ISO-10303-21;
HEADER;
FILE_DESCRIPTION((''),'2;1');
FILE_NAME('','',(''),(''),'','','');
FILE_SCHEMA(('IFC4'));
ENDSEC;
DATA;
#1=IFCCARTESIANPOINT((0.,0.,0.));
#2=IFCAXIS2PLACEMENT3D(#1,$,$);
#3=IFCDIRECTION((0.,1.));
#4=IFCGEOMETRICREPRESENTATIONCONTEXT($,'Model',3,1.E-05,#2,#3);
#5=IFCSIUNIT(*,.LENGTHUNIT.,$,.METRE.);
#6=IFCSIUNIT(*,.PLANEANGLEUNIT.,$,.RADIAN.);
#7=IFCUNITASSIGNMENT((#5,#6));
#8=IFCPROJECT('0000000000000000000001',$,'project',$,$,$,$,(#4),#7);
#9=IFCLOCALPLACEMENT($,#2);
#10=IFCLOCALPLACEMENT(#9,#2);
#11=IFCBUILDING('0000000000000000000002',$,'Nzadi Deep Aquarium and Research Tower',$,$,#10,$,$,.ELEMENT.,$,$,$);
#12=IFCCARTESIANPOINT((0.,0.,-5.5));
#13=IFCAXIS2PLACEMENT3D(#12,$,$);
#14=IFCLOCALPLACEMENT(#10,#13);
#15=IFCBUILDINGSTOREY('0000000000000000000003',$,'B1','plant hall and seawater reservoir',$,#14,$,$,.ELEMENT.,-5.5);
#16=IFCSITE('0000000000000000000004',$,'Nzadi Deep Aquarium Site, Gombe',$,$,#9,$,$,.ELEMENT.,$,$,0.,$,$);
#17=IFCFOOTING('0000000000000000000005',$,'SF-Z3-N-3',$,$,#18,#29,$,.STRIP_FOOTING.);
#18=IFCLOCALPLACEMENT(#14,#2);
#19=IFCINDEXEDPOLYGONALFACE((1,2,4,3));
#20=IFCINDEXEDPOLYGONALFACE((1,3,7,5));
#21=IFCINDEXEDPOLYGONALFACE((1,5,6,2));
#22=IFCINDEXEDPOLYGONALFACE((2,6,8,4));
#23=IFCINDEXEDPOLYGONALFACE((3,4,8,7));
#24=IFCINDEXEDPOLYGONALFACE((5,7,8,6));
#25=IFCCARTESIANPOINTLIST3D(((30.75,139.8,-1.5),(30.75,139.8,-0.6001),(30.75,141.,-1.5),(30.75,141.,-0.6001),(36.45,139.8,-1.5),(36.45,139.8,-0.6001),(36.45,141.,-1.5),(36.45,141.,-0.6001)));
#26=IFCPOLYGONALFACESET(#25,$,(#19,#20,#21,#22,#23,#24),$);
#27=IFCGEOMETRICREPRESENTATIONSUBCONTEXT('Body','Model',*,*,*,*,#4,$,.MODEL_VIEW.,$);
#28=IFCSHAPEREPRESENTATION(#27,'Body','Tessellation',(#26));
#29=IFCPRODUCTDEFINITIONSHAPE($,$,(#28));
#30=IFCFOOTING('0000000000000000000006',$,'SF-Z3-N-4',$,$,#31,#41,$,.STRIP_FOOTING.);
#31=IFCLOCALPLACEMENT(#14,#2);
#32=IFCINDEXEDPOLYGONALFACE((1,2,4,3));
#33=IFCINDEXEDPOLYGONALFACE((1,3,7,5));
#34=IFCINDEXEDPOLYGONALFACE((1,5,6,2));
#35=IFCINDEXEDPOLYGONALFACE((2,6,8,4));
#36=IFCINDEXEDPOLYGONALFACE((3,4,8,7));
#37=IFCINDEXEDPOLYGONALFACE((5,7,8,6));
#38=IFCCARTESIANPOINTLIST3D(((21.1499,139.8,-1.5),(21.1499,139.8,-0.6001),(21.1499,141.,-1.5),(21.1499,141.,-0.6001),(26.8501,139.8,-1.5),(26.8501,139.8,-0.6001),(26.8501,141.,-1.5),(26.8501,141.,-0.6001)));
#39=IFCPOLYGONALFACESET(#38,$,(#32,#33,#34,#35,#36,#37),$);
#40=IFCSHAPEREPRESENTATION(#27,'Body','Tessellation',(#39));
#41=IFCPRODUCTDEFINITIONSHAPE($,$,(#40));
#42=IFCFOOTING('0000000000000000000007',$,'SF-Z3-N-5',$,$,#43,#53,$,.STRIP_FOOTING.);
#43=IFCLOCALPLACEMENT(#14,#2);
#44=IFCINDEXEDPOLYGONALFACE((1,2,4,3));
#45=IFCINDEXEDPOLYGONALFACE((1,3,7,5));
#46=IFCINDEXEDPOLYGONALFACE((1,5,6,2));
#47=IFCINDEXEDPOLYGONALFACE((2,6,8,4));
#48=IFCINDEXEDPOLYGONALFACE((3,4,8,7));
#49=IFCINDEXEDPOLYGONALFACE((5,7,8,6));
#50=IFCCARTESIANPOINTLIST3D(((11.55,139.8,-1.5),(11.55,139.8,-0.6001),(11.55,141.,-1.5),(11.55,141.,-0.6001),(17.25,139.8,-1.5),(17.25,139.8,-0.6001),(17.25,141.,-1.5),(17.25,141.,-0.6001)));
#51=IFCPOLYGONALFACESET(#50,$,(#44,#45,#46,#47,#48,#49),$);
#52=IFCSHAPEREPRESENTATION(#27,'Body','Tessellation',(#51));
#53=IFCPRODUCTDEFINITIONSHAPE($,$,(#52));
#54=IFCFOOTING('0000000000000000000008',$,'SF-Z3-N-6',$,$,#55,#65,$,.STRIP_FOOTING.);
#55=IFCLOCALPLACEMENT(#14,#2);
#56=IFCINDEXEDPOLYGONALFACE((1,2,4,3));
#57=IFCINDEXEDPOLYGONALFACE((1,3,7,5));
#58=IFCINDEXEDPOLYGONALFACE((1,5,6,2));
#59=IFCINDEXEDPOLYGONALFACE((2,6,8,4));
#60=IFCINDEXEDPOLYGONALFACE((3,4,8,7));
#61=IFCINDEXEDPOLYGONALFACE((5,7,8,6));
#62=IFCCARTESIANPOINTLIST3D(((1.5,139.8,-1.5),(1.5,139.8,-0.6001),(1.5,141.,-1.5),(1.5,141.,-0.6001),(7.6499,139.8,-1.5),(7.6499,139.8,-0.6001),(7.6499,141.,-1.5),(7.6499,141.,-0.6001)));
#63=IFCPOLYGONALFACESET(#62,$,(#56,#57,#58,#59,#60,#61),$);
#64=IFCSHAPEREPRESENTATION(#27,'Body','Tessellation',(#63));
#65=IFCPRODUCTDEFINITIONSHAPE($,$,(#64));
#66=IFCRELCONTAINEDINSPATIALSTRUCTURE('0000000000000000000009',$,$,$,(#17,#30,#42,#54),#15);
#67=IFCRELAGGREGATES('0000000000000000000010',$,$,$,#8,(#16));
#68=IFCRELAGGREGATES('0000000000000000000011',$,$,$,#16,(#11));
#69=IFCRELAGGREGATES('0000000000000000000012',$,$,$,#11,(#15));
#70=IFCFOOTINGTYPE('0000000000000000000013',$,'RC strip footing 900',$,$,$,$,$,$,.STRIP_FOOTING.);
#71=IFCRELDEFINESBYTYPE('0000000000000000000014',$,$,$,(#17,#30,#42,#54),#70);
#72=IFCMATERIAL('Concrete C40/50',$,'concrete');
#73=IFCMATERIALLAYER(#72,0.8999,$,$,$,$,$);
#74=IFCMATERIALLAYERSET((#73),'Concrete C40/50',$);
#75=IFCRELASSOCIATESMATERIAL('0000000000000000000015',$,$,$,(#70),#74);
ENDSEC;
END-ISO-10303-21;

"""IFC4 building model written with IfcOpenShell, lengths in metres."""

from ifc_helpers import new_model, si_unit, direction, frame, origin, place, context, subcontext, project, spatial, polyline, outline, extrude, material, layer, layer_set, type_object, element, save


model = new_model("IFC4")

# Units and contexts
model_context = context("Model", 3, precision=1e-05, world=origin(), true_north=direction((0.0, 1.0)))
body_context = subcontext(model_context, "Body", "Model", "MODEL_VIEW")
ifc_project = project(units=[si_unit("LENGTHUNIT", "METRE"), si_unit("PLANEANGLEUNIT", "RADIAN")], contexts=[model_context])

# Site, building, storey
site_placement = place(None, origin())
site = spatial("IfcSite", under=ifc_project, at=site_placement, Name="Nzadi Deep Aquarium Site, Gombe", CompositionType="ELEMENT", RefElevation=0.0)
building_placement = place(site_placement, origin())
building = spatial("IfcBuilding", under=site, at=building_placement, Name="Nzadi Deep Aquarium and Research Tower", CompositionType="ELEMENT")
storey_placement = place(building_placement, frame((0.0, 0.0, -5.5)))
storey = spatial("IfcBuildingStorey", under=building, at=storey_placement, Name="B1", Description="plant hall and seawater reservoir", CompositionType="ELEMENT", Elevation=-5.5)

# Footings
ifc_material_1 = material(Name="Concrete C40/50", Category="concrete")
ifc_layer_1 = layer(ifc_material_1, 0.8999)
ifc_layer_set_1 = layer_set([ifc_layer_1], Name="Concrete C40/50")
footing_type_1 = type_object("IfcFootingType", Name="RC strip footing 900", PredefinedType="STRIP_FOOTING", material=ifc_layer_set_1)
footing_1_placement = place(storey_placement, frame((0.0, 0.0, -1.5)))
element("IfcFooting", 1, at=footing_1_placement, inside=storey, type_object=footing_type_1, Name="SF-Z3-N-3", PredefinedType="STRIP_FOOTING", context=body_context, shape_type="SweptSolid", body=[
    extrude(outline(polyline([(36.45, 141.0), (30.75, 141.0), (30.75, 139.8), (36.45, 139.8), (36.45, 141.0)])), origin(), (0.0, 0.0, 1.0), 0.8999),
])
footing_2_placement = place(storey_placement, frame((0.0, 0.0, -1.5)))
element("IfcFooting", 2, at=footing_2_placement, inside=storey, type_object=footing_type_1, Name="SF-Z3-N-4", PredefinedType="STRIP_FOOTING", context=body_context, shape_type="SweptSolid", body=[
    extrude(outline(polyline([(26.8501, 141.0), (21.1499, 141.0), (21.1499, 139.8), (26.8501, 139.8), (26.8501, 141.0)])), origin(), (0.0, 0.0, 1.0), 0.8999),
])
footing_3_placement = place(storey_placement, frame((0.0, 0.0, -1.5)))
element("IfcFooting", 3, at=footing_3_placement, inside=storey, type_object=footing_type_1, Name="SF-Z3-N-5", PredefinedType="STRIP_FOOTING", context=body_context, shape_type="SweptSolid", body=[
    extrude(outline(polyline([(17.25, 141.0), (11.55, 141.0), (11.55, 139.8), (17.25, 139.8), (17.25, 141.0)])), origin(), (0.0, 0.0, 1.0), 0.8999),
])
footing_4_placement = place(storey_placement, frame((0.0, 0.0, -1.5)))
element("IfcFooting", 4, at=footing_4_placement, inside=storey, type_object=footing_type_1, Name="SF-Z3-N-6", PredefinedType="STRIP_FOOTING", context=body_context, shape_type="SweptSolid", body=[
    extrude(outline(polyline([(1.5, 139.8), (7.6499, 139.8), (7.6499, 141.0), (1.5, 141.0), (1.5, 139.8)])), origin(), (0.0, 0.0, 1.0), 0.8999),
])

save(model, "model.ifc")
